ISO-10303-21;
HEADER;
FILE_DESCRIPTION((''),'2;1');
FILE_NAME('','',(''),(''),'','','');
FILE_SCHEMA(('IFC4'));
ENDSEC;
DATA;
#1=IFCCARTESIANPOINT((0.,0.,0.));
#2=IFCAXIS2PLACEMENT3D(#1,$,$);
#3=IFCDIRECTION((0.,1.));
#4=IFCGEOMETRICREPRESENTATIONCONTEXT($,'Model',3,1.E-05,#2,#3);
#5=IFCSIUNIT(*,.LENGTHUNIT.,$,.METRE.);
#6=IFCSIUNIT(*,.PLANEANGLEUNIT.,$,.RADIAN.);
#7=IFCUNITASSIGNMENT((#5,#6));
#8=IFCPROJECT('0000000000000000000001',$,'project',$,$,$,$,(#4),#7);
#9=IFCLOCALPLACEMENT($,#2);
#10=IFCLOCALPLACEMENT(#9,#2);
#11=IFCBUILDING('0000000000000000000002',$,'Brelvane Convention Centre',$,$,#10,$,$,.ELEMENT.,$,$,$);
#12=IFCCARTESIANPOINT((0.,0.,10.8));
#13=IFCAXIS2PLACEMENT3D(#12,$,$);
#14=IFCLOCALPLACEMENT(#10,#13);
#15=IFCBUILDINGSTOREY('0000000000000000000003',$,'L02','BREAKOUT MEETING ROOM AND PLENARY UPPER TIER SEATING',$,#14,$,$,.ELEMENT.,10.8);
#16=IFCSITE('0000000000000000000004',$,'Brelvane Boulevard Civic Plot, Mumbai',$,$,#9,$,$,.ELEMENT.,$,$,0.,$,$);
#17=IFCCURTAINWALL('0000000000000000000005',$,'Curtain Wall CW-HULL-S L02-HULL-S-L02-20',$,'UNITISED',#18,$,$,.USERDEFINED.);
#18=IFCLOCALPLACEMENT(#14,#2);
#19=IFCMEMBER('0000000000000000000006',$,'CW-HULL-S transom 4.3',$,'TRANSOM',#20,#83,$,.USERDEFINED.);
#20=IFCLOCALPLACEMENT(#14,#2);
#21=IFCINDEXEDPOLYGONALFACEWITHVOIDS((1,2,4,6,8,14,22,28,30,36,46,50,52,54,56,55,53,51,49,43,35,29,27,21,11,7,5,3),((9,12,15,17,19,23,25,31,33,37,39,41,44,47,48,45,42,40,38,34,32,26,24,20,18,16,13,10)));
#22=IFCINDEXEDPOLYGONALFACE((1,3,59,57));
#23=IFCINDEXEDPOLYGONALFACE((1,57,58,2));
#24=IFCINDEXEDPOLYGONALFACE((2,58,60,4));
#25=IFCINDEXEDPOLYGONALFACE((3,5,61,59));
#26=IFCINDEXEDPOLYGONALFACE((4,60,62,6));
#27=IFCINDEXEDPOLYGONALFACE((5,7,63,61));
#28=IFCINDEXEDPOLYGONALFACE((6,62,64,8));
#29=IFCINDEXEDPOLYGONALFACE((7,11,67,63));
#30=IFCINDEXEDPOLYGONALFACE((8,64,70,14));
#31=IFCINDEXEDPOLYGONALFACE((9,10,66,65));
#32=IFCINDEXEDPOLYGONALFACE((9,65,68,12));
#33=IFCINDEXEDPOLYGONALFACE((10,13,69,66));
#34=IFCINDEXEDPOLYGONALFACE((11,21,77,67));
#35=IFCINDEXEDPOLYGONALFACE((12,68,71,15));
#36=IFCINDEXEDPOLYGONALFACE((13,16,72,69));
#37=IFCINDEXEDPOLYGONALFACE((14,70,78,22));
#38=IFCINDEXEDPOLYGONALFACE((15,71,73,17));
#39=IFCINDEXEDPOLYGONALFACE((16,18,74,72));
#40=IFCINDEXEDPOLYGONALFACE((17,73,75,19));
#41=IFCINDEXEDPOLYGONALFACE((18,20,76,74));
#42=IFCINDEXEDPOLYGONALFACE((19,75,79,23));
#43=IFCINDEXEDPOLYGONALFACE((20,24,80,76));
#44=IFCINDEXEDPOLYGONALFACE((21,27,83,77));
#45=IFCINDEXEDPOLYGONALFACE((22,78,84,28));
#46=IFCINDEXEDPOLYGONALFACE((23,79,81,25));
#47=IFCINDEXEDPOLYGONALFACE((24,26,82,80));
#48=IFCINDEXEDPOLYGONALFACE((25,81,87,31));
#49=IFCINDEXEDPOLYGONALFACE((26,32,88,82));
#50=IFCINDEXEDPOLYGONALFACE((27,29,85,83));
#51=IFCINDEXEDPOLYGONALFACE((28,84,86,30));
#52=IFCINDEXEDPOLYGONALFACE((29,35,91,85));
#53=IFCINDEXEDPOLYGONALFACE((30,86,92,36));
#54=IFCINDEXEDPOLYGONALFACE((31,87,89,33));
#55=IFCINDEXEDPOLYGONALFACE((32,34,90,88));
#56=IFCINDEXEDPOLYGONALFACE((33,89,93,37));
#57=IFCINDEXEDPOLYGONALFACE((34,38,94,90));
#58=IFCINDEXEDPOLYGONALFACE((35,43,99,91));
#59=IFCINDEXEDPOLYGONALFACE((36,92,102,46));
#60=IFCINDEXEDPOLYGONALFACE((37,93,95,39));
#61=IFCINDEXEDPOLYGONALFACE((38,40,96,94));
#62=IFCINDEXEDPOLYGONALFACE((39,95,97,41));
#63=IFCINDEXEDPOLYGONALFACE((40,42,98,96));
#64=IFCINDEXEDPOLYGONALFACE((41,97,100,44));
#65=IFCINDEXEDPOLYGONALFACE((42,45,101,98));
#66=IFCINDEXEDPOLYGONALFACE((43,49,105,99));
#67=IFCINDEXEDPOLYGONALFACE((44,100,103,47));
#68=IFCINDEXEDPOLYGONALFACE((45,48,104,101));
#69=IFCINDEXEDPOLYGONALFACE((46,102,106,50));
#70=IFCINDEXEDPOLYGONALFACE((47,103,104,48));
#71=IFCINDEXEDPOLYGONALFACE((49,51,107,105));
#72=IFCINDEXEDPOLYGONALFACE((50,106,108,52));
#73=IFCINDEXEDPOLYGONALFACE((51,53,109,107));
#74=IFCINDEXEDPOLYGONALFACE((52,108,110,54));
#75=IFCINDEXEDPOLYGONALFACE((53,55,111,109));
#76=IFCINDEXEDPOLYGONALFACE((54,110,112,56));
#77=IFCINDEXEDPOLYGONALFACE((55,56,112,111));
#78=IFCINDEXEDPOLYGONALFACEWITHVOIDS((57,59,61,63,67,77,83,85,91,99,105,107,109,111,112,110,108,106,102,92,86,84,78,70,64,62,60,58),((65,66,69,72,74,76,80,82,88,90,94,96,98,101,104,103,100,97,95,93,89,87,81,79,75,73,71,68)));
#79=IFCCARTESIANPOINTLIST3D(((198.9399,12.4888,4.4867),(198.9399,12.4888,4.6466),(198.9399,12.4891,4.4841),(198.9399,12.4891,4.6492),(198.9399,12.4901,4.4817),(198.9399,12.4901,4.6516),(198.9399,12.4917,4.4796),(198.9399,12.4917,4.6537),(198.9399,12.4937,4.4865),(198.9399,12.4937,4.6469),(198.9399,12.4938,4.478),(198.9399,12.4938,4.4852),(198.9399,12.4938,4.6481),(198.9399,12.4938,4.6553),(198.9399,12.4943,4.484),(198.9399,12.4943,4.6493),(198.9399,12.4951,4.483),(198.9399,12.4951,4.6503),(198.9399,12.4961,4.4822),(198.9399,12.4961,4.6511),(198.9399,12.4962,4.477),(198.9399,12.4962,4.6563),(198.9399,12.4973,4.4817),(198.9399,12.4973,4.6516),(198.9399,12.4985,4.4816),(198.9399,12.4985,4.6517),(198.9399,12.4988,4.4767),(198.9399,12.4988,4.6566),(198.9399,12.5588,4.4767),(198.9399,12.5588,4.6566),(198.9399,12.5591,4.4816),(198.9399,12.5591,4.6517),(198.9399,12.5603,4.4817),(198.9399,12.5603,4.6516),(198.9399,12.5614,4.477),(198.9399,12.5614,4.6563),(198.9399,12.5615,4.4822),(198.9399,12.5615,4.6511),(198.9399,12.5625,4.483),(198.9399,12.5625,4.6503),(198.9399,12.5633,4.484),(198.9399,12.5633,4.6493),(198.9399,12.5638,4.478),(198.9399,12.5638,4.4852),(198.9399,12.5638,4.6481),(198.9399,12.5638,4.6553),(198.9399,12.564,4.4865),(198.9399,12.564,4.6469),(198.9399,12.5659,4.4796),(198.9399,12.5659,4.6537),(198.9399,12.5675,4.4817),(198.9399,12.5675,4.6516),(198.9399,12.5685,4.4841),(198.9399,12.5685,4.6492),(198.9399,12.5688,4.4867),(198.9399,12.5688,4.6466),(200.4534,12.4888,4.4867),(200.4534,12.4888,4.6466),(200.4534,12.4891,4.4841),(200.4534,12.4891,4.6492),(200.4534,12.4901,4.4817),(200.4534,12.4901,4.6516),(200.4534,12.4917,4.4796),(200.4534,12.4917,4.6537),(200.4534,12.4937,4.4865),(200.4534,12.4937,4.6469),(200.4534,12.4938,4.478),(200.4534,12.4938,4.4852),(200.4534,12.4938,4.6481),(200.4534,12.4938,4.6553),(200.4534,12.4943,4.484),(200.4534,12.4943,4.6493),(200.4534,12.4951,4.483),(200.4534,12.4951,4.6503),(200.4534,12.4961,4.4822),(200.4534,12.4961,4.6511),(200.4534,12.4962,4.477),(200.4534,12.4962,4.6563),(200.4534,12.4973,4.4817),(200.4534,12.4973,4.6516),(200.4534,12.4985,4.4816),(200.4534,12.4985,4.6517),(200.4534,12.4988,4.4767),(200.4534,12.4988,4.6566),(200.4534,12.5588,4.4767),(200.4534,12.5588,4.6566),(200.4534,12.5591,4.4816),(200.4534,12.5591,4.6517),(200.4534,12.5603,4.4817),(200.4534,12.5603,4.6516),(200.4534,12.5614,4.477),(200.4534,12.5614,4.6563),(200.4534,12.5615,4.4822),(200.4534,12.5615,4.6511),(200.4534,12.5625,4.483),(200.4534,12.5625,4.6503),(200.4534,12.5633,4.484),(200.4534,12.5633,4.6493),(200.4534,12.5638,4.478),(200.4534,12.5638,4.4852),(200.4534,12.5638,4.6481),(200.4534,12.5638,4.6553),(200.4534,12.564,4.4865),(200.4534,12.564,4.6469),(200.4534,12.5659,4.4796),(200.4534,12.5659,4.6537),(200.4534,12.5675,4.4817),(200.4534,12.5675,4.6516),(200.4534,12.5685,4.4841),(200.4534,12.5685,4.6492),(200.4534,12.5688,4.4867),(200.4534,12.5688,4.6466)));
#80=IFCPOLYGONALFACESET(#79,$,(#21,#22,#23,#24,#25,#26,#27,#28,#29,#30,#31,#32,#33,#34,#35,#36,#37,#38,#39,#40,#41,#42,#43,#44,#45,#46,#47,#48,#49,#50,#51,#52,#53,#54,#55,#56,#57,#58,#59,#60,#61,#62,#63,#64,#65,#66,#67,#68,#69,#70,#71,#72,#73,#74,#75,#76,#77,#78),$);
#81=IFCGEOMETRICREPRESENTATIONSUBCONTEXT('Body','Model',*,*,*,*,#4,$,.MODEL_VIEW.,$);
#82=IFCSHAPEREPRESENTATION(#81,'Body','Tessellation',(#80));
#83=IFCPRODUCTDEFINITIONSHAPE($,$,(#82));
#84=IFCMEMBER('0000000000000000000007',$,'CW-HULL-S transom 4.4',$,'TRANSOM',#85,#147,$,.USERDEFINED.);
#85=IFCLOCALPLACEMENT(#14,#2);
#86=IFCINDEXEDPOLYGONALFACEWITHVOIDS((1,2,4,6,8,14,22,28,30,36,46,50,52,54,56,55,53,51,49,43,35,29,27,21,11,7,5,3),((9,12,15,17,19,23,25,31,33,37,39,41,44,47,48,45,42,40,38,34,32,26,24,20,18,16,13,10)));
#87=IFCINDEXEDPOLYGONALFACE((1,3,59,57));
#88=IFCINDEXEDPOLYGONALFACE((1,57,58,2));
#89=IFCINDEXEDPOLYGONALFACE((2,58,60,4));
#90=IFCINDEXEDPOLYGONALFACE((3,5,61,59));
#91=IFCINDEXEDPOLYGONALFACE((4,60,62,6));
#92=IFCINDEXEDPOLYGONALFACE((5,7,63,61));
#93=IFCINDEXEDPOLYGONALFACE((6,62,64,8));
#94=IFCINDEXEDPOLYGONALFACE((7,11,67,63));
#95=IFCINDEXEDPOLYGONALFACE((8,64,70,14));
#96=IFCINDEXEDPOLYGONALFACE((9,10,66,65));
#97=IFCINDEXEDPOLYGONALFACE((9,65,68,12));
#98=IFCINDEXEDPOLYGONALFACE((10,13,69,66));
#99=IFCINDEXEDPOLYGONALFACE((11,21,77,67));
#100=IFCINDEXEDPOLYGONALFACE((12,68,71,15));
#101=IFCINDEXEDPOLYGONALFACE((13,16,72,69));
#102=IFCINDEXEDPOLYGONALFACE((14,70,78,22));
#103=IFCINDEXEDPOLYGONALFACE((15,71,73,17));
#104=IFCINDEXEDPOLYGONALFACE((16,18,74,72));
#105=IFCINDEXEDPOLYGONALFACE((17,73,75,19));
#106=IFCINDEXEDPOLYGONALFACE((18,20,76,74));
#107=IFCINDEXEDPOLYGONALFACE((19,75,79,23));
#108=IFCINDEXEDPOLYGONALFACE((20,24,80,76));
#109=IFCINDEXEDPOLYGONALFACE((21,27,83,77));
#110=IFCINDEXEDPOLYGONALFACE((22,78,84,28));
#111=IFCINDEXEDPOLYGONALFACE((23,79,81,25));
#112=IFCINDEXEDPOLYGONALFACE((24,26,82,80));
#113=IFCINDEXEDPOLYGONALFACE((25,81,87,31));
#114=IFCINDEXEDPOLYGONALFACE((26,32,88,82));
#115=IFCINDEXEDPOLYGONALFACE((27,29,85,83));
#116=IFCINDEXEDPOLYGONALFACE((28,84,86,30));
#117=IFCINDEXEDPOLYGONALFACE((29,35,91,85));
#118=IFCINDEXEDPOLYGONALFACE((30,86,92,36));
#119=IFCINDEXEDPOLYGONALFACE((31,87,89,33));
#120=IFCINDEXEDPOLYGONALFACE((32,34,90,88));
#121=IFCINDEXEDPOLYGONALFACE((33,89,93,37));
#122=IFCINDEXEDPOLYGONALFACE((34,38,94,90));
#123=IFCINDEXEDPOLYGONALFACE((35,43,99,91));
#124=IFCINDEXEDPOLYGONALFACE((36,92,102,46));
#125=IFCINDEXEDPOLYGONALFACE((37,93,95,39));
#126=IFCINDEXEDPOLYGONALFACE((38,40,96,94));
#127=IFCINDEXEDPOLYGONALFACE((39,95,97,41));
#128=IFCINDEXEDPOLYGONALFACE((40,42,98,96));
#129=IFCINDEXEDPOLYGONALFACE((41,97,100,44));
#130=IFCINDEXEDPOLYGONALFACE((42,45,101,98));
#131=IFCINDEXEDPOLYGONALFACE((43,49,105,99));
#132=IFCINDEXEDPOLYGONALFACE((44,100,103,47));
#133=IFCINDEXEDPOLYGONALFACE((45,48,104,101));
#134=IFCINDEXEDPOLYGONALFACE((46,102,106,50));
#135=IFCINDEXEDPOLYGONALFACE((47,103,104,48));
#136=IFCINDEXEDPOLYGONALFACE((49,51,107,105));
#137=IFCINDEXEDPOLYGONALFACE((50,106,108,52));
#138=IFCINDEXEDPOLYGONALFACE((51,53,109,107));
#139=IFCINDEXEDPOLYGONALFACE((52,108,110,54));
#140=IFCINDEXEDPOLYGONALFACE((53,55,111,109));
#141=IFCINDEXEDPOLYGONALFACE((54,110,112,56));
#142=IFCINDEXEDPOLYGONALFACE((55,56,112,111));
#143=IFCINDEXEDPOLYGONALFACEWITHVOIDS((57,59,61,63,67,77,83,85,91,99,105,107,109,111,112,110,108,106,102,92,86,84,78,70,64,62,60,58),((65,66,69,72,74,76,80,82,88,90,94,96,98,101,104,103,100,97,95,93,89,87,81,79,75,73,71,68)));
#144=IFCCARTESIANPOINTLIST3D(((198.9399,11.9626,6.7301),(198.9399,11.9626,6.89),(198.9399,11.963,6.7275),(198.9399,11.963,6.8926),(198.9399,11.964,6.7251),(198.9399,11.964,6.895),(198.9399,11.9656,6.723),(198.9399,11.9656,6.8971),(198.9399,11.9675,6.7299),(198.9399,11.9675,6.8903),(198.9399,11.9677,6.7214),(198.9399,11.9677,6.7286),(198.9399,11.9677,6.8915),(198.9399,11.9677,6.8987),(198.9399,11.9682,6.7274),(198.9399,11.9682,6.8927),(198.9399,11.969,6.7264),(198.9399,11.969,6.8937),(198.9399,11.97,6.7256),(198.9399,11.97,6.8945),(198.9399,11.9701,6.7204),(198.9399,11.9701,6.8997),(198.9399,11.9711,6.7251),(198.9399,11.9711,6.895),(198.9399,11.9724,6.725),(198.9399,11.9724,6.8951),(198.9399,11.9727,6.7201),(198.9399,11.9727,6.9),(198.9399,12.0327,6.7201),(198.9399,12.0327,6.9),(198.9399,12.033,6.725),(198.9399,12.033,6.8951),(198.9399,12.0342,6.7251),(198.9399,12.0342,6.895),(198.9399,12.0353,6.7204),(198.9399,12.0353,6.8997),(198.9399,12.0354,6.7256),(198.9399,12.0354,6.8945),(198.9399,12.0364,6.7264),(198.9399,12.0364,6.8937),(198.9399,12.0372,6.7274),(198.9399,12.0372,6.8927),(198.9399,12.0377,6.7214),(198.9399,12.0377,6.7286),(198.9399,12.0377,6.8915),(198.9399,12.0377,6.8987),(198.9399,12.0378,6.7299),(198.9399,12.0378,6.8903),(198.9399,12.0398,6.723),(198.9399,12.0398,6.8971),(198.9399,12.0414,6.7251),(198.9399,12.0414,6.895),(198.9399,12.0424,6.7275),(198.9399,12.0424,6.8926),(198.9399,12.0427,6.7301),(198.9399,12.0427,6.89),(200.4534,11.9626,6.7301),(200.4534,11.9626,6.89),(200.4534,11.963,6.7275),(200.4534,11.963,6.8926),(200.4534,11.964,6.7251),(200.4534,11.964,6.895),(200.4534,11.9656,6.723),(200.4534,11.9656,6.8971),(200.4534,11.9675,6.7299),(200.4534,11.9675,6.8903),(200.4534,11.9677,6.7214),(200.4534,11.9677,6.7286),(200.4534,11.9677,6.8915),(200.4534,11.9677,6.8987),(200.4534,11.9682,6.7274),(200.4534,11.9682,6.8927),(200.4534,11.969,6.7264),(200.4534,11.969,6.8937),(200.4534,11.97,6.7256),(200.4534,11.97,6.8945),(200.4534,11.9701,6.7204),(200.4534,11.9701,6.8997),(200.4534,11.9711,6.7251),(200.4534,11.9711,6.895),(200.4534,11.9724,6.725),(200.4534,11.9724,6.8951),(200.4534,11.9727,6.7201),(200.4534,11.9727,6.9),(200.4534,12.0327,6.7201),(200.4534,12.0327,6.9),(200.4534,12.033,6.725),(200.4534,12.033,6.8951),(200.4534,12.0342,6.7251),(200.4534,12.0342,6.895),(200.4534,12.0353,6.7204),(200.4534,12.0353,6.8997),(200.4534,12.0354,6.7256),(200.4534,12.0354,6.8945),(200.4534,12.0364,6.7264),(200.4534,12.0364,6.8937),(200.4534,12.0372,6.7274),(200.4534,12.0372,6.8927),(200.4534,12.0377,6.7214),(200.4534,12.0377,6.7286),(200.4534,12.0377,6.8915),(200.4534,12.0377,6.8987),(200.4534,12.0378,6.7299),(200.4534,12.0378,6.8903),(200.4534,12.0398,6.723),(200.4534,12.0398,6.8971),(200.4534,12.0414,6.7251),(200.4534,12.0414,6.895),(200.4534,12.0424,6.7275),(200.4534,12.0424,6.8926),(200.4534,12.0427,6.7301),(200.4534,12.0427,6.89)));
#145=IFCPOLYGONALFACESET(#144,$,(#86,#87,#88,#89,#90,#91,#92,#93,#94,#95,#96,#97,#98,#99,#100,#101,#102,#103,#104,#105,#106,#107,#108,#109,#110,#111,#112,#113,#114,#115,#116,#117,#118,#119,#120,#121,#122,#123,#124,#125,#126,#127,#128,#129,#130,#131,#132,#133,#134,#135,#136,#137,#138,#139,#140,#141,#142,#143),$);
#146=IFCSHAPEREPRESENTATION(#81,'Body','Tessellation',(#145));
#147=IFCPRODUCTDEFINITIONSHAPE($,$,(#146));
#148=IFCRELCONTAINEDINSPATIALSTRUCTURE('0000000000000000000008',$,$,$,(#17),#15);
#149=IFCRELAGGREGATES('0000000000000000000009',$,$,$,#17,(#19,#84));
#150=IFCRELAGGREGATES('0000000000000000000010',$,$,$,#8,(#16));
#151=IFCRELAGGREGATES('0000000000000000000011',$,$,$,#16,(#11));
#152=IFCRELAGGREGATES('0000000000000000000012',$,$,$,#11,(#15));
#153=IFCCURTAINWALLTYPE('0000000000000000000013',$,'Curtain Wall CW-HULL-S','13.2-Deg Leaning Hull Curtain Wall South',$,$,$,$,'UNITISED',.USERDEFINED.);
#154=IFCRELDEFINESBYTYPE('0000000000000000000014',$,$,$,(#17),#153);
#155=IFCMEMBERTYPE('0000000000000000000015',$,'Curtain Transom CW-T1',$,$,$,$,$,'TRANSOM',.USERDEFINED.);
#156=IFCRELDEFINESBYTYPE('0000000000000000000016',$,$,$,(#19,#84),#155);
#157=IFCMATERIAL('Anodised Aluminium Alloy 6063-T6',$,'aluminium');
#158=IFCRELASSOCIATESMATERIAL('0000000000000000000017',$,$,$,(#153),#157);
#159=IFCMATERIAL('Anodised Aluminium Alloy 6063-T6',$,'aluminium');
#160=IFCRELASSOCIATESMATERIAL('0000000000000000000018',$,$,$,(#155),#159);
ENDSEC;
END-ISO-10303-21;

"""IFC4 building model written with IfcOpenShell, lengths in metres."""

from ifc_helpers import new_model, si_unit, direction, frame, origin, origin_2d, place, context, subcontext, project, spatial, hollow_rectangle, extrude, material, material_profile, profile_set, type_object, element, aggregate, save


model = new_model("IFC4")

# Units and contexts
model_context = context("Model", 3, precision=1e-05, world=origin(), true_north=direction((0.0, 1.0)))
body_context = subcontext(model_context, "Body", "Model", "MODEL_VIEW")
ifc_project = project(units=[si_unit("LENGTHUNIT", "METRE"), si_unit("PLANEANGLEUNIT", "RADIAN")], contexts=[model_context])

# Site, building, storey
site_placement = place(None, origin())
site = spatial("IfcSite", under=ifc_project, at=site_placement, Name="Brelvane Boulevard Civic Plot, Mumbai", CompositionType="ELEMENT", RefElevation=0.0)
building_placement = place(site_placement, origin())
building = spatial("IfcBuilding", under=site, at=building_placement, Name="Brelvane Convention Centre", CompositionType="ELEMENT")
storey_placement = place(building_placement, frame((0.0, 0.0, 10.8)))
storey = spatial("IfcBuildingStorey", under=building, at=storey_placement, Name="L02", Description="BREAKOUT MEETING ROOM AND PLENARY UPPER TIER SEATING", CompositionType="ELEMENT", Elevation=10.8)

# Curtain wall, members
ifc_material_1 = material(Name="Anodised Aluminium Alloy 6063-T6", Category="aluminium")
curtain_wall_type = type_object("IfcCurtainWallType", Name="Curtain Wall CW-HULL-S", Description="13.2-Deg Leaning Hull Curtain Wall South", ElementType="UNITISED", PredefinedType="USERDEFINED", material=ifc_material_1)
curtain_wall_1_placement = place(storey_placement, origin())
curtain_wall_1 = element("IfcCurtainWall", 1, at=curtain_wall_1_placement, inside=storey, type_object=curtain_wall_type, Name="Curtain Wall CW-HULL-S L02-HULL-S-L02-20", ObjectType="UNITISED", PredefinedType="USERDEFINED")
ifc_material_2 = material(Name="Anodised Aluminium Alloy 6063-T6", Category="aluminium")
ifc_material_profile = material_profile(ifc_material_2, hollow_rectangle(XDim=0.0801, YDim=0.1799, WallThickness=0.0049, InnerFilletRadius=0.0049, OuterFilletRadius=0.01, at=origin_2d()), Name="ALU-T 180x80x5.0")
ifc_profile_set = profile_set([ifc_material_profile], Name="Anodised Aluminium Alloy 6063-T6")
member_type = type_object("IfcMemberType", Name="Curtain Transom CW-T1", ElementType="TRANSOM", PredefinedType="USERDEFINED", material=ifc_profile_set)
member_1_placement = place(storey_placement, frame((198.9399, 12.5288, 4.5667), z_axis=(1.0, 0.0, 0.0), x_axis=(0.0, 1.0, 0.0)))
member_1 = element("IfcMember", 2, at=member_1_placement, type_object=member_type, Name="CW-HULL-S transom 4.3", ObjectType="TRANSOM", PredefinedType="USERDEFINED", context=body_context, shape_type="SweptSolid", body=[
    extrude(hollow_rectangle(XDim=0.0801, YDim=0.1799, WallThickness=0.0049, InnerFilletRadius=0.0049, OuterFilletRadius=0.01, at=origin_2d()), origin(), (0.0, 0.0, 1.0), 1.5134),
])
member_2_placement = place(storey_placement, frame((198.9399, 12.0027, 6.8101), z_axis=(1.0, 0.0, 0.0), x_axis=(0.0, 1.0, 0.0)))
member_2 = element("IfcMember", 3, at=member_2_placement, type_object=member_type, Name="CW-HULL-S transom 4.4", ObjectType="TRANSOM", PredefinedType="USERDEFINED", context=body_context, shape_type="SweptSolid", body=[
    extrude(hollow_rectangle(XDim=0.0801, YDim=0.1799, WallThickness=0.0049, InnerFilletRadius=0.0049, OuterFilletRadius=0.01, at=origin_2d()), origin(), (0.0, 0.0, 1.0), 1.5134),
])

aggregate(curtain_wall_1, [member_1, member_2])

save(model, "model.ifc")
